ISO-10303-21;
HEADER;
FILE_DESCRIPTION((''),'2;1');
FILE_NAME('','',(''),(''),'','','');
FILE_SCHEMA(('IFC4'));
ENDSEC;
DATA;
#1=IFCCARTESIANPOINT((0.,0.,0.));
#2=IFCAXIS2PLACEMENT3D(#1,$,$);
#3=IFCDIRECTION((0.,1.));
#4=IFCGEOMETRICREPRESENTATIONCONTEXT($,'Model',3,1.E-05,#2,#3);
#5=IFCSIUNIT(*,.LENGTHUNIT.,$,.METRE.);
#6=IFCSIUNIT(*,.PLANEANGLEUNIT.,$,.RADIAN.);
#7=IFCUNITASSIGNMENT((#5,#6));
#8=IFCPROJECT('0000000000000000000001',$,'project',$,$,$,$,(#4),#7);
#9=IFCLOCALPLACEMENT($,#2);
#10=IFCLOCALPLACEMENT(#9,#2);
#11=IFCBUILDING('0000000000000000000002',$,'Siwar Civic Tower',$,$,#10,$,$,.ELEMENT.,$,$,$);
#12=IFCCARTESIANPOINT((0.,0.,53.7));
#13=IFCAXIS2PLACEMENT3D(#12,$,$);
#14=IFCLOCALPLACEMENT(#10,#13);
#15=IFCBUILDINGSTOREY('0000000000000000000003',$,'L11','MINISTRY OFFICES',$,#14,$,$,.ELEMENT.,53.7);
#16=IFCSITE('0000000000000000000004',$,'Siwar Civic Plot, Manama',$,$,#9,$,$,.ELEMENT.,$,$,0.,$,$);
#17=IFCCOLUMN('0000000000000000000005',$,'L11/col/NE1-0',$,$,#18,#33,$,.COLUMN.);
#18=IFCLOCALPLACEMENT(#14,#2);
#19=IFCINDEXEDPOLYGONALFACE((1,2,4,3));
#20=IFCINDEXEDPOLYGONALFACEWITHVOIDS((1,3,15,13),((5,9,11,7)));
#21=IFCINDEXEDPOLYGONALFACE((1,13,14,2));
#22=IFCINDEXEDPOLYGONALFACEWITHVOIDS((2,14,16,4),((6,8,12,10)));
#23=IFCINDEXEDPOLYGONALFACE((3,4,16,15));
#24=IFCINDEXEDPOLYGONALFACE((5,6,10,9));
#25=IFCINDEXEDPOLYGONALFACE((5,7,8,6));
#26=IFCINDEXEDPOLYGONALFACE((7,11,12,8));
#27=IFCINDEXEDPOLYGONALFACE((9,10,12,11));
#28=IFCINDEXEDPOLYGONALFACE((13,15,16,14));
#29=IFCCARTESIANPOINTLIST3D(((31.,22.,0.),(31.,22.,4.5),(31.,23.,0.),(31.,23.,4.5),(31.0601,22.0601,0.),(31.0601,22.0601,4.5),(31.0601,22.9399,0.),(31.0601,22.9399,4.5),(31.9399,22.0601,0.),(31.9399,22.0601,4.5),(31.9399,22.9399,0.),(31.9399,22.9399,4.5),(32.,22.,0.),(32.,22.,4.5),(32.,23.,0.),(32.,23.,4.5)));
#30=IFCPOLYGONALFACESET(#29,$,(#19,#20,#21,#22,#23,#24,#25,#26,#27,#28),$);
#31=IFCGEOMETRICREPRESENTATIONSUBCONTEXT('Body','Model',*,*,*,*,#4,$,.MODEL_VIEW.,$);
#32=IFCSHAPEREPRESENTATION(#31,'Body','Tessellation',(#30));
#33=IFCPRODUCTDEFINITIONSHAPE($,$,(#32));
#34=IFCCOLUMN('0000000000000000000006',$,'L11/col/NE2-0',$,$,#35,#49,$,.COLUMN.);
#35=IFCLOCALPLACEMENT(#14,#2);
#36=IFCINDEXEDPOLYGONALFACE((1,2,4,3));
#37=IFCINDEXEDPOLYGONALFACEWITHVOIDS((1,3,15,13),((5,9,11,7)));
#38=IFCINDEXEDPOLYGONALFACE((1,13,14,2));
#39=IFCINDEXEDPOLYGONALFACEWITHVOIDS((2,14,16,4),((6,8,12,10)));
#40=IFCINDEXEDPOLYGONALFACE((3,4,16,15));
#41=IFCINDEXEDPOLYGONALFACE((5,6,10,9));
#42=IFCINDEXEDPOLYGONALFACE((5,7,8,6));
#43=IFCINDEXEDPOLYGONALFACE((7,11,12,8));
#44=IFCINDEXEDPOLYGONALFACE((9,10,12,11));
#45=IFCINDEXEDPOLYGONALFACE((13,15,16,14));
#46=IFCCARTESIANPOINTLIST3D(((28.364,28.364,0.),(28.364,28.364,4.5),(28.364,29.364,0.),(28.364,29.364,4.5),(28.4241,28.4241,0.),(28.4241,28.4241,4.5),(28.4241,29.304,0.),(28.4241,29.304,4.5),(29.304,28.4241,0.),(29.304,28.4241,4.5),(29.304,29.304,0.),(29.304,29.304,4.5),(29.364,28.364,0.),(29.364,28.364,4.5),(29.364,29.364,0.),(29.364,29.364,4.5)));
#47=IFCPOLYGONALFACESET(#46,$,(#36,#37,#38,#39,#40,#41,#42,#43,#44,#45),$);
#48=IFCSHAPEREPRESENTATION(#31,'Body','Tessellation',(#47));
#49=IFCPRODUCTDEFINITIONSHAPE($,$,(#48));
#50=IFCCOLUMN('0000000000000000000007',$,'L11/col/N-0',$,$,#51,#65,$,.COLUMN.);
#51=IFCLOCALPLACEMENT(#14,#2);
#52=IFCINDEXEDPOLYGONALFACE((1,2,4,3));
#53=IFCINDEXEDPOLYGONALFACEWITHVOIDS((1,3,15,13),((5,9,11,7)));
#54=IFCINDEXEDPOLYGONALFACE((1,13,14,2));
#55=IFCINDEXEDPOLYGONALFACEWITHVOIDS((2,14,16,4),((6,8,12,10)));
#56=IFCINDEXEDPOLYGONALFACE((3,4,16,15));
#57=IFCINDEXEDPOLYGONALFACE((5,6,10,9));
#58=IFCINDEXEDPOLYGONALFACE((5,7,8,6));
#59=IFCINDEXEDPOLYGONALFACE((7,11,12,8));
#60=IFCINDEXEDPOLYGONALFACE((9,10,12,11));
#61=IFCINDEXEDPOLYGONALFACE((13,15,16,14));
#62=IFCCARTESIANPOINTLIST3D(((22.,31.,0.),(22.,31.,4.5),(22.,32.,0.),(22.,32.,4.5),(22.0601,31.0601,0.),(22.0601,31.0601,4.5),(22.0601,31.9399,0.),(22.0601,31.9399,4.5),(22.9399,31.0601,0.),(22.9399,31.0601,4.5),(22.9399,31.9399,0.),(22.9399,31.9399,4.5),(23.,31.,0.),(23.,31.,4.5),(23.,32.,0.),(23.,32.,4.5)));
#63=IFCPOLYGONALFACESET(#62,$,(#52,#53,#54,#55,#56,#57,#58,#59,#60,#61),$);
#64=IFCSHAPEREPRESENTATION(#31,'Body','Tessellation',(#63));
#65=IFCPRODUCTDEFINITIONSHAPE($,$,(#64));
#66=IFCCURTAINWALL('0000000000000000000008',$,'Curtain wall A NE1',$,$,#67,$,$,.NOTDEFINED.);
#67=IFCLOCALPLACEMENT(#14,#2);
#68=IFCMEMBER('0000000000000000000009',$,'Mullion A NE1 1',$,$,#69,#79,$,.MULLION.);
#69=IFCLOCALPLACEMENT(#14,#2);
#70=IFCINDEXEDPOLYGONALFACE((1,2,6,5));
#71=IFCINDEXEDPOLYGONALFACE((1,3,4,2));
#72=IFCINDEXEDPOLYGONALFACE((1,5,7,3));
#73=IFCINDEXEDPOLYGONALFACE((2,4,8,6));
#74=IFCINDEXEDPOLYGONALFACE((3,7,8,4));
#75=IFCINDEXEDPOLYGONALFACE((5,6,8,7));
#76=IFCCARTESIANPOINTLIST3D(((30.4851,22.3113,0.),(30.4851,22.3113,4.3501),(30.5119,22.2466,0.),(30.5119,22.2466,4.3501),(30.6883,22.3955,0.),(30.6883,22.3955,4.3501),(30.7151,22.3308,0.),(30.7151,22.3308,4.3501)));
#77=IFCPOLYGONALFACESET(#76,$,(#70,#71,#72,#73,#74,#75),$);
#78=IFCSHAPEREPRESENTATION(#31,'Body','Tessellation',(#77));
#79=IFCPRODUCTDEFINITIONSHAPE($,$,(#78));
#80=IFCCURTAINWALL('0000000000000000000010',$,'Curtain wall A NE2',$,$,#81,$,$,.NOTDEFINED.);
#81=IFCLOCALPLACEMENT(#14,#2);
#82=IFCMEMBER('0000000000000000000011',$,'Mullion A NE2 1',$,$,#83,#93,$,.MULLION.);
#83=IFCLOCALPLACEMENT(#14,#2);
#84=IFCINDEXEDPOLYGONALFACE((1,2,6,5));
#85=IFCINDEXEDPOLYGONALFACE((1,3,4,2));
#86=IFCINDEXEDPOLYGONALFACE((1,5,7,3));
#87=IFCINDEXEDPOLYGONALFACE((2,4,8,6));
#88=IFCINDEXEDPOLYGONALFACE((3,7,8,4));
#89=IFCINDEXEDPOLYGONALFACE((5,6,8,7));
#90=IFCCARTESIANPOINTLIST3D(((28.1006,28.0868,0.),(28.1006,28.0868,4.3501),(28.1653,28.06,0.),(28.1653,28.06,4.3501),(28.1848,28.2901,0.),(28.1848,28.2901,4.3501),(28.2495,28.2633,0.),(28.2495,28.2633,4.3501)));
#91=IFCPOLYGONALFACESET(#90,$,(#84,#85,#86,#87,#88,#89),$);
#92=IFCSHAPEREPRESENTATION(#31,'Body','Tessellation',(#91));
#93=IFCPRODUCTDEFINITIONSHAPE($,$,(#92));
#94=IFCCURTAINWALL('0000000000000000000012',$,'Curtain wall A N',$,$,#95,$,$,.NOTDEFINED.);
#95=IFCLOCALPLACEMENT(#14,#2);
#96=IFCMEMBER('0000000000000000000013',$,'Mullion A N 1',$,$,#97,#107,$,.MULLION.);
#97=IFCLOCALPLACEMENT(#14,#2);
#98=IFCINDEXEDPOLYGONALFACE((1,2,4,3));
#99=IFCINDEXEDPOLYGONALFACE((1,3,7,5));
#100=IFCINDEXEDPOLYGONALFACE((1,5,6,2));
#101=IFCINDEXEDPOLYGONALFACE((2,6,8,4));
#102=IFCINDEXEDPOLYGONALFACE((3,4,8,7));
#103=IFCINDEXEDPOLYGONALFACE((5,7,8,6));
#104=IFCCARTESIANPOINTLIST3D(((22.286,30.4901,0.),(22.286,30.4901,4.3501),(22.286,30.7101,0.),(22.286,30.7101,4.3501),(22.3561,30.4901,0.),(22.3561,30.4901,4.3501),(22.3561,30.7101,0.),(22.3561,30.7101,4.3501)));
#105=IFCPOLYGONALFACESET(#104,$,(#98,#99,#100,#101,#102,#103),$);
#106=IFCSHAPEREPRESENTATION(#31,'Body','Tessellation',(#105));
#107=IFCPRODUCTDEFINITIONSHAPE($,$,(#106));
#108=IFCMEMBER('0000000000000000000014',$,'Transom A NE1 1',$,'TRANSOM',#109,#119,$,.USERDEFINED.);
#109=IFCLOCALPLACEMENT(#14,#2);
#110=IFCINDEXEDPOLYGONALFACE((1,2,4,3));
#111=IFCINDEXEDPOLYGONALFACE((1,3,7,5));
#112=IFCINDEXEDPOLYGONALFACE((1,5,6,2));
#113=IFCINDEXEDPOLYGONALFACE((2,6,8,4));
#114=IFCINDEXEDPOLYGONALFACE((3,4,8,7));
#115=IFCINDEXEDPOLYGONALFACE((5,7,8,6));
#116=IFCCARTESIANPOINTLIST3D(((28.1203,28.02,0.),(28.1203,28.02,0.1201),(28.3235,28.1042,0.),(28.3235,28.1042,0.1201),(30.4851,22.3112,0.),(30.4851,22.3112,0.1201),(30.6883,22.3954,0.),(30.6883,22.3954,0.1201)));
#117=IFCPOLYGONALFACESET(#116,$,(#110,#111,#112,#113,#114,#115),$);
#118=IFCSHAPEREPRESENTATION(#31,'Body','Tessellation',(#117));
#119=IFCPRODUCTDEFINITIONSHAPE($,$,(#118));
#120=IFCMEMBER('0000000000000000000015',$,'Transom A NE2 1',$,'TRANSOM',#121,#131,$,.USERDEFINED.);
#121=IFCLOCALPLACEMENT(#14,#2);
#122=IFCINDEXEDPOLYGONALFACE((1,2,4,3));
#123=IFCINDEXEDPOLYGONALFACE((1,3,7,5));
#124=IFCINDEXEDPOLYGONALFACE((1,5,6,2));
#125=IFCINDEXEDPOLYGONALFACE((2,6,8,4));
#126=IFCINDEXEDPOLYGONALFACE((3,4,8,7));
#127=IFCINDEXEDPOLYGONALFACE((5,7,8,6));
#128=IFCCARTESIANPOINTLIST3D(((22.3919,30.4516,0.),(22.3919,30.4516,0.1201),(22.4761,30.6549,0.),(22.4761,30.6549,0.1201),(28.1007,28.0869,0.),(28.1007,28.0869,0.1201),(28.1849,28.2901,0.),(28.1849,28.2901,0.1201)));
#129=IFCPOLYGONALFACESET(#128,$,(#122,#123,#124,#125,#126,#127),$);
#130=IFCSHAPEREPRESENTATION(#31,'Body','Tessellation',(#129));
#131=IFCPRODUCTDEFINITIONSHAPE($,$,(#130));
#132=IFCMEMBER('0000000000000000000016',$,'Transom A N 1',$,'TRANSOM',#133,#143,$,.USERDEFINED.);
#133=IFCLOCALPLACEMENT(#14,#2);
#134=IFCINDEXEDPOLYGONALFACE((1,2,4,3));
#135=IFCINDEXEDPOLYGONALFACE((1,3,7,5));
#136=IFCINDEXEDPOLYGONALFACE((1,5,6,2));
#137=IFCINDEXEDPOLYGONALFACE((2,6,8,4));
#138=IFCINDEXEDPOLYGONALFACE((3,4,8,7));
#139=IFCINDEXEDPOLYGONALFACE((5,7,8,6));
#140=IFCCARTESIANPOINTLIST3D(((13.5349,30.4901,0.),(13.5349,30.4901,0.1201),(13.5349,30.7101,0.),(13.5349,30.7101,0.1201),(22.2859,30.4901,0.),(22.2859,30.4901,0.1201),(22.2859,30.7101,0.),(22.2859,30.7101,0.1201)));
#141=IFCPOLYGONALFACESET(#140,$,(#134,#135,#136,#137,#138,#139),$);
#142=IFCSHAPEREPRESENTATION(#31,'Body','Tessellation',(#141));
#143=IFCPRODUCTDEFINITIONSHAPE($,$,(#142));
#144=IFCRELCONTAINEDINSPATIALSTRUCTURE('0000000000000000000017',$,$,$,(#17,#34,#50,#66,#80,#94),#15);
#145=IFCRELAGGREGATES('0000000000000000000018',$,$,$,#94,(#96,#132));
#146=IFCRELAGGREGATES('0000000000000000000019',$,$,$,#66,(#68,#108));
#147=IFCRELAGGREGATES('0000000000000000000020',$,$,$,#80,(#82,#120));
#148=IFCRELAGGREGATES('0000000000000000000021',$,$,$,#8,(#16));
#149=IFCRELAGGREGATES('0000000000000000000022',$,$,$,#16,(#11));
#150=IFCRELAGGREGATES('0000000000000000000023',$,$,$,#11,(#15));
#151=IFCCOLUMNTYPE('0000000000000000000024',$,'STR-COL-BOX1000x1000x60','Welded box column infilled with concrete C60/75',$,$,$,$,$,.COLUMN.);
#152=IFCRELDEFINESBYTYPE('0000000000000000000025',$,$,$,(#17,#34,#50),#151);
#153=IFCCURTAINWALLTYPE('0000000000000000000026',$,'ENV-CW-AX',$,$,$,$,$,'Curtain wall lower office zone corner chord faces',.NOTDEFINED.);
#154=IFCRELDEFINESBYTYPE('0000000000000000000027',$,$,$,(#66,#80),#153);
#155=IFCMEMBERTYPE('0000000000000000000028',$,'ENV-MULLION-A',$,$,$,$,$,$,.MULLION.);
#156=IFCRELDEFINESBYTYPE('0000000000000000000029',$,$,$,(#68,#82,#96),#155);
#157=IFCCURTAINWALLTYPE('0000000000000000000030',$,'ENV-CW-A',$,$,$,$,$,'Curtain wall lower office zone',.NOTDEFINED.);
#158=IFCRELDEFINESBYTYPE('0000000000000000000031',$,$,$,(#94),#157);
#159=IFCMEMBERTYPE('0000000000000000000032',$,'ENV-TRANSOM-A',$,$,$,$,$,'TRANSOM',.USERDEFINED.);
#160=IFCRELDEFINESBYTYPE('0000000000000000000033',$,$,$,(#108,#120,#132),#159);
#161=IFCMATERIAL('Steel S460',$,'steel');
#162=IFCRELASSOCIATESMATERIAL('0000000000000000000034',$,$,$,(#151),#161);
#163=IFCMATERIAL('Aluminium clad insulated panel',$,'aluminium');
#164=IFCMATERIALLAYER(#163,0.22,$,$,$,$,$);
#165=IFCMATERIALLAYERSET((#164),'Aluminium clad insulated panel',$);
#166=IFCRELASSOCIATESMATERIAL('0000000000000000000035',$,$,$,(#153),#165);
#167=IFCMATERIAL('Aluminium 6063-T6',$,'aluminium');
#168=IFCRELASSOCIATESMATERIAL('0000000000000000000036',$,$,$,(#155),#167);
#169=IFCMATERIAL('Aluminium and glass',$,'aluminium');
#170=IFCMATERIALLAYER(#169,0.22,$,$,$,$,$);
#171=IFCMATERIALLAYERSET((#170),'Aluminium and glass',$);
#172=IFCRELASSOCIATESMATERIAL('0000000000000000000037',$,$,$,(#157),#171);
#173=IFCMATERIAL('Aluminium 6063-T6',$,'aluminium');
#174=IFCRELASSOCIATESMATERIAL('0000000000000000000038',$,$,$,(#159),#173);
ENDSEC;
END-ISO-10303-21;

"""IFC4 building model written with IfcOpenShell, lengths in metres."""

from ifc_helpers import new_model, si_unit, direction, frame, origin, origin_2d, place, context, subcontext, project, spatial, rectangle, hollow_rectangle, extrude, material, layer, layer_set, material_profile, profile_set, type_object, element, aggregate, save


model = new_model("IFC4")

# Units and contexts
model_context = context("Model", 3, precision=1e-05, world=origin(), true_north=direction((0.0, 1.0)))
body_context = subcontext(model_context, "Body", "Model", "MODEL_VIEW")
ifc_project = project(units=[si_unit("LENGTHUNIT", "METRE"), si_unit("PLANEANGLEUNIT", "RADIAN")], contexts=[model_context])

# Site, building, storey
site_placement = place(None, origin())
site = spatial("IfcSite", under=ifc_project, at=site_placement, Name="Siwar Civic Plot, Manama", CompositionType="ELEMENT", RefElevation=0.0)
building_placement = place(site_placement, origin())
building = spatial("IfcBuilding", under=site, at=building_placement, Name="Siwar Civic Tower", CompositionType="ELEMENT")
storey_placement = place(building_placement, frame((0.0, 0.0, 53.7)))
storey = spatial("IfcBuildingStorey", under=building, at=storey_placement, Name="L11", Description="MINISTRY OFFICES", CompositionType="ELEMENT", Elevation=53.7)

# Columns
ifc_material_1 = material(Name="Steel S460", Category="steel")
ifc_material_profile_1 = material_profile(ifc_material_1, hollow_rectangle(XDim=1.0, YDim=1.0, WallThickness=0.0601, at=origin_2d()), Name="BOX1000x1000x60")
ifc_profile_set_1 = profile_set([ifc_material_profile_1], Name="Steel S460")
column_type = type_object("IfcColumnType", Name="STR-COL-BOX1000x1000x60", Description="Welded box column infilled with concrete C60/75", PredefinedType="COLUMN", material=ifc_profile_set_1)
for number, where, z_axis, x_axis, name in (
    (1, (31.5, 22.5, 0.0), (0.0, 0.0, 1.0), (1.0, 0.0, 0.0), "L11/col/NE1-0"),
    (2, (28.864, 28.864, 0.0), (0.0, 0.0, 1.0), (1.0, 0.0, 0.0), "L11/col/NE2-0"),
    (3, (22.5, 31.5, 0.0), (0.0, 0.0, 1.0), (1.0, 0.0, 0.0), "L11/col/N-0"),
):
    element("IfcColumn", number, at=place(storey_placement, frame(where, z_axis=z_axis, x_axis=x_axis)), inside=storey, type_object=column_type, Name=name, PredefinedType="COLUMN", context=body_context, shape_type="SweptSolid", body=[
        extrude(hollow_rectangle(XDim=1.0, YDim=1.0, WallThickness=0.0601, at=origin_2d()), origin(), (0.0, 0.0, 1.0), 4.5),
    ])

# Curtain walls, members
ifc_material_2 = material(Name="Aluminium clad insulated panel", Category="aluminium")
ifc_layer_1 = layer(ifc_material_2, 0.22)
ifc_layer_set_1 = layer_set([ifc_layer_1], Name="Aluminium clad insulated panel")
curtain_wall_type_1 = type_object("IfcCurtainWallType", Name="ENV-CW-AX", ElementType="Curtain wall lower office zone corner chord faces", PredefinedType="NOTDEFINED", material=ifc_layer_set_1)
curtain_wall_1_placement = place(storey_placement, origin())
curtain_wall_1 = element("IfcCurtainWall", 4, at=curtain_wall_1_placement, inside=storey, type_object=curtain_wall_type_1, Name="Curtain wall A NE1", PredefinedType="NOTDEFINED")
ifc_material_3 = material(Name="Aluminium 6063-T6", Category="aluminium")
ifc_material_profile_2 = material_profile(ifc_material_3, rectangle(XDim=0.22, YDim=0.0701, at=origin_2d()), Name="AL 220x70")
ifc_profile_set_2 = profile_set([ifc_material_profile_2], Name="Aluminium 6063-T6")
member_type_1 = type_object("IfcMemberType", Name="ENV-MULLION-A", PredefinedType="MULLION", material=ifc_profile_set_2)
member_1_placement = place(storey_placement, frame((30.6001, 22.321, 0.0), z_axis=(0.0, 0.0, 1.0), x_axis=(-0.92388, -0.382683, 0.0)))
member_1 = element("IfcMember", 5, at=member_1_placement, type_object=member_type_1, Name="Mullion A NE1 1", PredefinedType="MULLION", context=body_context, shape_type="SweptSolid", body=[
    extrude(rectangle(XDim=0.22, YDim=0.0701, at=origin_2d()), origin(), (0.0, 0.0, 1.0), 4.3501),
])
curtain_wall_2_placement = place(storey_placement, origin())
curtain_wall_2 = element("IfcCurtainWall", 6, at=curtain_wall_2_placement, inside=storey, type_object=curtain_wall_type_1, Name="Curtain wall A NE2", PredefinedType="NOTDEFINED")
member_2_placement = place(storey_placement, frame((28.175, 28.175, 0.0), z_axis=(0.0, 0.0, 1.0), x_axis=(-0.382683, -0.92388, 0.0)))
member_2 = element("IfcMember", 7, at=member_2_placement, type_object=member_type_1, Name="Mullion A NE2 1", PredefinedType="MULLION", context=body_context, shape_type="SweptSolid", body=[
    extrude(rectangle(XDim=0.22, YDim=0.0701, at=origin_2d()), origin(), (0.0, 0.0, 1.0), 4.3501),
])
ifc_material_4 = material(Name="Aluminium and glass", Category="aluminium")
ifc_layer_2 = layer(ifc_material_4, 0.22)
ifc_layer_set_2 = layer_set([ifc_layer_2], Name="Aluminium and glass")
curtain_wall_type_2 = type_object("IfcCurtainWallType", Name="ENV-CW-A", ElementType="Curtain wall lower office zone", PredefinedType="NOTDEFINED", material=ifc_layer_set_2)
curtain_wall_3_placement = place(storey_placement, origin())
curtain_wall_3 = element("IfcCurtainWall", 8, at=curtain_wall_3_placement, inside=storey, type_object=curtain_wall_type_2, Name="Curtain wall A N", PredefinedType="NOTDEFINED")
member_3_placement = place(storey_placement, frame((22.321, 30.6001, 0.0), z_axis=(0.0, 0.0, 1.0), x_axis=(0.0, -1.0, 0.0)))
member_3 = element("IfcMember", 9, at=member_3_placement, type_object=member_type_1, Name="Mullion A N 1", PredefinedType="MULLION", context=body_context, shape_type="SweptSolid", body=[
    extrude(rectangle(XDim=0.22, YDim=0.0701, at=origin_2d()), origin(), (0.0, 0.0, 1.0), 4.3501),
])

# Members
ifc_material_5 = material(Name="Aluminium 6063-T6", Category="aluminium")
ifc_material_profile_3 = material_profile(ifc_material_5, rectangle(XDim=0.22, YDim=0.1201, at=origin_2d()), Name="AL 220x120")
ifc_profile_set_3 = profile_set([ifc_material_profile_3], Name="Aluminium 6063-T6")
member_type_2 = type_object("IfcMemberType", Name="ENV-TRANSOM-A", ElementType="TRANSOM", PredefinedType="USERDEFINED", material=ifc_profile_set_3)
member_4_placement = place(storey_placement, frame((30.5867, 22.3533, 0.0601), z_axis=(-0.382698, 0.923873, 0.0), x_axis=(-0.923873, -0.382698, 0.0)))
member_4 = element("IfcMember", 10, at=member_4_placement, type_object=member_type_2, Name="Transom A NE1 1", ObjectType="TRANSOM", PredefinedType="USERDEFINED", context=body_context, shape_type="SweptSolid", body=[
    extrude(rectangle(XDim=0.22, YDim=0.1201, at=origin_2d()), origin(), (0.0, 0.0, 1.0), 6.1792),
])
member_5_placement = place(storey_placement, frame((28.1428, 28.1885, 0.0601), z_axis=(-0.923873, 0.382698, 0.0), x_axis=(-0.382698, -0.923873, 0.0)))
member_5 = element("IfcMember", 11, at=member_5_placement, type_object=member_type_2, Name="Transom A NE2 1", ObjectType="TRANSOM", PredefinedType="USERDEFINED", context=body_context, shape_type="SweptSolid", body=[
    extrude(rectangle(XDim=0.22, YDim=0.1201, at=origin_2d()), origin(), (0.0, 0.0, 1.0), 6.1792),
])
member_6_placement = place(storey_placement, frame((22.2859, 30.6001, 0.0601), z_axis=(-1.0, 0.0, 0.0), x_axis=(0.0, -1.0, 0.0)))
member_6 = element("IfcMember", 12, at=member_6_placement, type_object=member_type_2, Name="Transom A N 1", ObjectType="TRANSOM", PredefinedType="USERDEFINED", context=body_context, shape_type="SweptSolid", body=[
    extrude(rectangle(XDim=0.22, YDim=0.1201, at=origin_2d()), origin(), (0.0, 0.0, 1.0), 8.751),
])

aggregate(curtain_wall_3, [member_3, member_6])
aggregate(curtain_wall_1, [member_1, member_4])
aggregate(curtain_wall_2, [member_2, member_5])

save(model, "model.ifc")
